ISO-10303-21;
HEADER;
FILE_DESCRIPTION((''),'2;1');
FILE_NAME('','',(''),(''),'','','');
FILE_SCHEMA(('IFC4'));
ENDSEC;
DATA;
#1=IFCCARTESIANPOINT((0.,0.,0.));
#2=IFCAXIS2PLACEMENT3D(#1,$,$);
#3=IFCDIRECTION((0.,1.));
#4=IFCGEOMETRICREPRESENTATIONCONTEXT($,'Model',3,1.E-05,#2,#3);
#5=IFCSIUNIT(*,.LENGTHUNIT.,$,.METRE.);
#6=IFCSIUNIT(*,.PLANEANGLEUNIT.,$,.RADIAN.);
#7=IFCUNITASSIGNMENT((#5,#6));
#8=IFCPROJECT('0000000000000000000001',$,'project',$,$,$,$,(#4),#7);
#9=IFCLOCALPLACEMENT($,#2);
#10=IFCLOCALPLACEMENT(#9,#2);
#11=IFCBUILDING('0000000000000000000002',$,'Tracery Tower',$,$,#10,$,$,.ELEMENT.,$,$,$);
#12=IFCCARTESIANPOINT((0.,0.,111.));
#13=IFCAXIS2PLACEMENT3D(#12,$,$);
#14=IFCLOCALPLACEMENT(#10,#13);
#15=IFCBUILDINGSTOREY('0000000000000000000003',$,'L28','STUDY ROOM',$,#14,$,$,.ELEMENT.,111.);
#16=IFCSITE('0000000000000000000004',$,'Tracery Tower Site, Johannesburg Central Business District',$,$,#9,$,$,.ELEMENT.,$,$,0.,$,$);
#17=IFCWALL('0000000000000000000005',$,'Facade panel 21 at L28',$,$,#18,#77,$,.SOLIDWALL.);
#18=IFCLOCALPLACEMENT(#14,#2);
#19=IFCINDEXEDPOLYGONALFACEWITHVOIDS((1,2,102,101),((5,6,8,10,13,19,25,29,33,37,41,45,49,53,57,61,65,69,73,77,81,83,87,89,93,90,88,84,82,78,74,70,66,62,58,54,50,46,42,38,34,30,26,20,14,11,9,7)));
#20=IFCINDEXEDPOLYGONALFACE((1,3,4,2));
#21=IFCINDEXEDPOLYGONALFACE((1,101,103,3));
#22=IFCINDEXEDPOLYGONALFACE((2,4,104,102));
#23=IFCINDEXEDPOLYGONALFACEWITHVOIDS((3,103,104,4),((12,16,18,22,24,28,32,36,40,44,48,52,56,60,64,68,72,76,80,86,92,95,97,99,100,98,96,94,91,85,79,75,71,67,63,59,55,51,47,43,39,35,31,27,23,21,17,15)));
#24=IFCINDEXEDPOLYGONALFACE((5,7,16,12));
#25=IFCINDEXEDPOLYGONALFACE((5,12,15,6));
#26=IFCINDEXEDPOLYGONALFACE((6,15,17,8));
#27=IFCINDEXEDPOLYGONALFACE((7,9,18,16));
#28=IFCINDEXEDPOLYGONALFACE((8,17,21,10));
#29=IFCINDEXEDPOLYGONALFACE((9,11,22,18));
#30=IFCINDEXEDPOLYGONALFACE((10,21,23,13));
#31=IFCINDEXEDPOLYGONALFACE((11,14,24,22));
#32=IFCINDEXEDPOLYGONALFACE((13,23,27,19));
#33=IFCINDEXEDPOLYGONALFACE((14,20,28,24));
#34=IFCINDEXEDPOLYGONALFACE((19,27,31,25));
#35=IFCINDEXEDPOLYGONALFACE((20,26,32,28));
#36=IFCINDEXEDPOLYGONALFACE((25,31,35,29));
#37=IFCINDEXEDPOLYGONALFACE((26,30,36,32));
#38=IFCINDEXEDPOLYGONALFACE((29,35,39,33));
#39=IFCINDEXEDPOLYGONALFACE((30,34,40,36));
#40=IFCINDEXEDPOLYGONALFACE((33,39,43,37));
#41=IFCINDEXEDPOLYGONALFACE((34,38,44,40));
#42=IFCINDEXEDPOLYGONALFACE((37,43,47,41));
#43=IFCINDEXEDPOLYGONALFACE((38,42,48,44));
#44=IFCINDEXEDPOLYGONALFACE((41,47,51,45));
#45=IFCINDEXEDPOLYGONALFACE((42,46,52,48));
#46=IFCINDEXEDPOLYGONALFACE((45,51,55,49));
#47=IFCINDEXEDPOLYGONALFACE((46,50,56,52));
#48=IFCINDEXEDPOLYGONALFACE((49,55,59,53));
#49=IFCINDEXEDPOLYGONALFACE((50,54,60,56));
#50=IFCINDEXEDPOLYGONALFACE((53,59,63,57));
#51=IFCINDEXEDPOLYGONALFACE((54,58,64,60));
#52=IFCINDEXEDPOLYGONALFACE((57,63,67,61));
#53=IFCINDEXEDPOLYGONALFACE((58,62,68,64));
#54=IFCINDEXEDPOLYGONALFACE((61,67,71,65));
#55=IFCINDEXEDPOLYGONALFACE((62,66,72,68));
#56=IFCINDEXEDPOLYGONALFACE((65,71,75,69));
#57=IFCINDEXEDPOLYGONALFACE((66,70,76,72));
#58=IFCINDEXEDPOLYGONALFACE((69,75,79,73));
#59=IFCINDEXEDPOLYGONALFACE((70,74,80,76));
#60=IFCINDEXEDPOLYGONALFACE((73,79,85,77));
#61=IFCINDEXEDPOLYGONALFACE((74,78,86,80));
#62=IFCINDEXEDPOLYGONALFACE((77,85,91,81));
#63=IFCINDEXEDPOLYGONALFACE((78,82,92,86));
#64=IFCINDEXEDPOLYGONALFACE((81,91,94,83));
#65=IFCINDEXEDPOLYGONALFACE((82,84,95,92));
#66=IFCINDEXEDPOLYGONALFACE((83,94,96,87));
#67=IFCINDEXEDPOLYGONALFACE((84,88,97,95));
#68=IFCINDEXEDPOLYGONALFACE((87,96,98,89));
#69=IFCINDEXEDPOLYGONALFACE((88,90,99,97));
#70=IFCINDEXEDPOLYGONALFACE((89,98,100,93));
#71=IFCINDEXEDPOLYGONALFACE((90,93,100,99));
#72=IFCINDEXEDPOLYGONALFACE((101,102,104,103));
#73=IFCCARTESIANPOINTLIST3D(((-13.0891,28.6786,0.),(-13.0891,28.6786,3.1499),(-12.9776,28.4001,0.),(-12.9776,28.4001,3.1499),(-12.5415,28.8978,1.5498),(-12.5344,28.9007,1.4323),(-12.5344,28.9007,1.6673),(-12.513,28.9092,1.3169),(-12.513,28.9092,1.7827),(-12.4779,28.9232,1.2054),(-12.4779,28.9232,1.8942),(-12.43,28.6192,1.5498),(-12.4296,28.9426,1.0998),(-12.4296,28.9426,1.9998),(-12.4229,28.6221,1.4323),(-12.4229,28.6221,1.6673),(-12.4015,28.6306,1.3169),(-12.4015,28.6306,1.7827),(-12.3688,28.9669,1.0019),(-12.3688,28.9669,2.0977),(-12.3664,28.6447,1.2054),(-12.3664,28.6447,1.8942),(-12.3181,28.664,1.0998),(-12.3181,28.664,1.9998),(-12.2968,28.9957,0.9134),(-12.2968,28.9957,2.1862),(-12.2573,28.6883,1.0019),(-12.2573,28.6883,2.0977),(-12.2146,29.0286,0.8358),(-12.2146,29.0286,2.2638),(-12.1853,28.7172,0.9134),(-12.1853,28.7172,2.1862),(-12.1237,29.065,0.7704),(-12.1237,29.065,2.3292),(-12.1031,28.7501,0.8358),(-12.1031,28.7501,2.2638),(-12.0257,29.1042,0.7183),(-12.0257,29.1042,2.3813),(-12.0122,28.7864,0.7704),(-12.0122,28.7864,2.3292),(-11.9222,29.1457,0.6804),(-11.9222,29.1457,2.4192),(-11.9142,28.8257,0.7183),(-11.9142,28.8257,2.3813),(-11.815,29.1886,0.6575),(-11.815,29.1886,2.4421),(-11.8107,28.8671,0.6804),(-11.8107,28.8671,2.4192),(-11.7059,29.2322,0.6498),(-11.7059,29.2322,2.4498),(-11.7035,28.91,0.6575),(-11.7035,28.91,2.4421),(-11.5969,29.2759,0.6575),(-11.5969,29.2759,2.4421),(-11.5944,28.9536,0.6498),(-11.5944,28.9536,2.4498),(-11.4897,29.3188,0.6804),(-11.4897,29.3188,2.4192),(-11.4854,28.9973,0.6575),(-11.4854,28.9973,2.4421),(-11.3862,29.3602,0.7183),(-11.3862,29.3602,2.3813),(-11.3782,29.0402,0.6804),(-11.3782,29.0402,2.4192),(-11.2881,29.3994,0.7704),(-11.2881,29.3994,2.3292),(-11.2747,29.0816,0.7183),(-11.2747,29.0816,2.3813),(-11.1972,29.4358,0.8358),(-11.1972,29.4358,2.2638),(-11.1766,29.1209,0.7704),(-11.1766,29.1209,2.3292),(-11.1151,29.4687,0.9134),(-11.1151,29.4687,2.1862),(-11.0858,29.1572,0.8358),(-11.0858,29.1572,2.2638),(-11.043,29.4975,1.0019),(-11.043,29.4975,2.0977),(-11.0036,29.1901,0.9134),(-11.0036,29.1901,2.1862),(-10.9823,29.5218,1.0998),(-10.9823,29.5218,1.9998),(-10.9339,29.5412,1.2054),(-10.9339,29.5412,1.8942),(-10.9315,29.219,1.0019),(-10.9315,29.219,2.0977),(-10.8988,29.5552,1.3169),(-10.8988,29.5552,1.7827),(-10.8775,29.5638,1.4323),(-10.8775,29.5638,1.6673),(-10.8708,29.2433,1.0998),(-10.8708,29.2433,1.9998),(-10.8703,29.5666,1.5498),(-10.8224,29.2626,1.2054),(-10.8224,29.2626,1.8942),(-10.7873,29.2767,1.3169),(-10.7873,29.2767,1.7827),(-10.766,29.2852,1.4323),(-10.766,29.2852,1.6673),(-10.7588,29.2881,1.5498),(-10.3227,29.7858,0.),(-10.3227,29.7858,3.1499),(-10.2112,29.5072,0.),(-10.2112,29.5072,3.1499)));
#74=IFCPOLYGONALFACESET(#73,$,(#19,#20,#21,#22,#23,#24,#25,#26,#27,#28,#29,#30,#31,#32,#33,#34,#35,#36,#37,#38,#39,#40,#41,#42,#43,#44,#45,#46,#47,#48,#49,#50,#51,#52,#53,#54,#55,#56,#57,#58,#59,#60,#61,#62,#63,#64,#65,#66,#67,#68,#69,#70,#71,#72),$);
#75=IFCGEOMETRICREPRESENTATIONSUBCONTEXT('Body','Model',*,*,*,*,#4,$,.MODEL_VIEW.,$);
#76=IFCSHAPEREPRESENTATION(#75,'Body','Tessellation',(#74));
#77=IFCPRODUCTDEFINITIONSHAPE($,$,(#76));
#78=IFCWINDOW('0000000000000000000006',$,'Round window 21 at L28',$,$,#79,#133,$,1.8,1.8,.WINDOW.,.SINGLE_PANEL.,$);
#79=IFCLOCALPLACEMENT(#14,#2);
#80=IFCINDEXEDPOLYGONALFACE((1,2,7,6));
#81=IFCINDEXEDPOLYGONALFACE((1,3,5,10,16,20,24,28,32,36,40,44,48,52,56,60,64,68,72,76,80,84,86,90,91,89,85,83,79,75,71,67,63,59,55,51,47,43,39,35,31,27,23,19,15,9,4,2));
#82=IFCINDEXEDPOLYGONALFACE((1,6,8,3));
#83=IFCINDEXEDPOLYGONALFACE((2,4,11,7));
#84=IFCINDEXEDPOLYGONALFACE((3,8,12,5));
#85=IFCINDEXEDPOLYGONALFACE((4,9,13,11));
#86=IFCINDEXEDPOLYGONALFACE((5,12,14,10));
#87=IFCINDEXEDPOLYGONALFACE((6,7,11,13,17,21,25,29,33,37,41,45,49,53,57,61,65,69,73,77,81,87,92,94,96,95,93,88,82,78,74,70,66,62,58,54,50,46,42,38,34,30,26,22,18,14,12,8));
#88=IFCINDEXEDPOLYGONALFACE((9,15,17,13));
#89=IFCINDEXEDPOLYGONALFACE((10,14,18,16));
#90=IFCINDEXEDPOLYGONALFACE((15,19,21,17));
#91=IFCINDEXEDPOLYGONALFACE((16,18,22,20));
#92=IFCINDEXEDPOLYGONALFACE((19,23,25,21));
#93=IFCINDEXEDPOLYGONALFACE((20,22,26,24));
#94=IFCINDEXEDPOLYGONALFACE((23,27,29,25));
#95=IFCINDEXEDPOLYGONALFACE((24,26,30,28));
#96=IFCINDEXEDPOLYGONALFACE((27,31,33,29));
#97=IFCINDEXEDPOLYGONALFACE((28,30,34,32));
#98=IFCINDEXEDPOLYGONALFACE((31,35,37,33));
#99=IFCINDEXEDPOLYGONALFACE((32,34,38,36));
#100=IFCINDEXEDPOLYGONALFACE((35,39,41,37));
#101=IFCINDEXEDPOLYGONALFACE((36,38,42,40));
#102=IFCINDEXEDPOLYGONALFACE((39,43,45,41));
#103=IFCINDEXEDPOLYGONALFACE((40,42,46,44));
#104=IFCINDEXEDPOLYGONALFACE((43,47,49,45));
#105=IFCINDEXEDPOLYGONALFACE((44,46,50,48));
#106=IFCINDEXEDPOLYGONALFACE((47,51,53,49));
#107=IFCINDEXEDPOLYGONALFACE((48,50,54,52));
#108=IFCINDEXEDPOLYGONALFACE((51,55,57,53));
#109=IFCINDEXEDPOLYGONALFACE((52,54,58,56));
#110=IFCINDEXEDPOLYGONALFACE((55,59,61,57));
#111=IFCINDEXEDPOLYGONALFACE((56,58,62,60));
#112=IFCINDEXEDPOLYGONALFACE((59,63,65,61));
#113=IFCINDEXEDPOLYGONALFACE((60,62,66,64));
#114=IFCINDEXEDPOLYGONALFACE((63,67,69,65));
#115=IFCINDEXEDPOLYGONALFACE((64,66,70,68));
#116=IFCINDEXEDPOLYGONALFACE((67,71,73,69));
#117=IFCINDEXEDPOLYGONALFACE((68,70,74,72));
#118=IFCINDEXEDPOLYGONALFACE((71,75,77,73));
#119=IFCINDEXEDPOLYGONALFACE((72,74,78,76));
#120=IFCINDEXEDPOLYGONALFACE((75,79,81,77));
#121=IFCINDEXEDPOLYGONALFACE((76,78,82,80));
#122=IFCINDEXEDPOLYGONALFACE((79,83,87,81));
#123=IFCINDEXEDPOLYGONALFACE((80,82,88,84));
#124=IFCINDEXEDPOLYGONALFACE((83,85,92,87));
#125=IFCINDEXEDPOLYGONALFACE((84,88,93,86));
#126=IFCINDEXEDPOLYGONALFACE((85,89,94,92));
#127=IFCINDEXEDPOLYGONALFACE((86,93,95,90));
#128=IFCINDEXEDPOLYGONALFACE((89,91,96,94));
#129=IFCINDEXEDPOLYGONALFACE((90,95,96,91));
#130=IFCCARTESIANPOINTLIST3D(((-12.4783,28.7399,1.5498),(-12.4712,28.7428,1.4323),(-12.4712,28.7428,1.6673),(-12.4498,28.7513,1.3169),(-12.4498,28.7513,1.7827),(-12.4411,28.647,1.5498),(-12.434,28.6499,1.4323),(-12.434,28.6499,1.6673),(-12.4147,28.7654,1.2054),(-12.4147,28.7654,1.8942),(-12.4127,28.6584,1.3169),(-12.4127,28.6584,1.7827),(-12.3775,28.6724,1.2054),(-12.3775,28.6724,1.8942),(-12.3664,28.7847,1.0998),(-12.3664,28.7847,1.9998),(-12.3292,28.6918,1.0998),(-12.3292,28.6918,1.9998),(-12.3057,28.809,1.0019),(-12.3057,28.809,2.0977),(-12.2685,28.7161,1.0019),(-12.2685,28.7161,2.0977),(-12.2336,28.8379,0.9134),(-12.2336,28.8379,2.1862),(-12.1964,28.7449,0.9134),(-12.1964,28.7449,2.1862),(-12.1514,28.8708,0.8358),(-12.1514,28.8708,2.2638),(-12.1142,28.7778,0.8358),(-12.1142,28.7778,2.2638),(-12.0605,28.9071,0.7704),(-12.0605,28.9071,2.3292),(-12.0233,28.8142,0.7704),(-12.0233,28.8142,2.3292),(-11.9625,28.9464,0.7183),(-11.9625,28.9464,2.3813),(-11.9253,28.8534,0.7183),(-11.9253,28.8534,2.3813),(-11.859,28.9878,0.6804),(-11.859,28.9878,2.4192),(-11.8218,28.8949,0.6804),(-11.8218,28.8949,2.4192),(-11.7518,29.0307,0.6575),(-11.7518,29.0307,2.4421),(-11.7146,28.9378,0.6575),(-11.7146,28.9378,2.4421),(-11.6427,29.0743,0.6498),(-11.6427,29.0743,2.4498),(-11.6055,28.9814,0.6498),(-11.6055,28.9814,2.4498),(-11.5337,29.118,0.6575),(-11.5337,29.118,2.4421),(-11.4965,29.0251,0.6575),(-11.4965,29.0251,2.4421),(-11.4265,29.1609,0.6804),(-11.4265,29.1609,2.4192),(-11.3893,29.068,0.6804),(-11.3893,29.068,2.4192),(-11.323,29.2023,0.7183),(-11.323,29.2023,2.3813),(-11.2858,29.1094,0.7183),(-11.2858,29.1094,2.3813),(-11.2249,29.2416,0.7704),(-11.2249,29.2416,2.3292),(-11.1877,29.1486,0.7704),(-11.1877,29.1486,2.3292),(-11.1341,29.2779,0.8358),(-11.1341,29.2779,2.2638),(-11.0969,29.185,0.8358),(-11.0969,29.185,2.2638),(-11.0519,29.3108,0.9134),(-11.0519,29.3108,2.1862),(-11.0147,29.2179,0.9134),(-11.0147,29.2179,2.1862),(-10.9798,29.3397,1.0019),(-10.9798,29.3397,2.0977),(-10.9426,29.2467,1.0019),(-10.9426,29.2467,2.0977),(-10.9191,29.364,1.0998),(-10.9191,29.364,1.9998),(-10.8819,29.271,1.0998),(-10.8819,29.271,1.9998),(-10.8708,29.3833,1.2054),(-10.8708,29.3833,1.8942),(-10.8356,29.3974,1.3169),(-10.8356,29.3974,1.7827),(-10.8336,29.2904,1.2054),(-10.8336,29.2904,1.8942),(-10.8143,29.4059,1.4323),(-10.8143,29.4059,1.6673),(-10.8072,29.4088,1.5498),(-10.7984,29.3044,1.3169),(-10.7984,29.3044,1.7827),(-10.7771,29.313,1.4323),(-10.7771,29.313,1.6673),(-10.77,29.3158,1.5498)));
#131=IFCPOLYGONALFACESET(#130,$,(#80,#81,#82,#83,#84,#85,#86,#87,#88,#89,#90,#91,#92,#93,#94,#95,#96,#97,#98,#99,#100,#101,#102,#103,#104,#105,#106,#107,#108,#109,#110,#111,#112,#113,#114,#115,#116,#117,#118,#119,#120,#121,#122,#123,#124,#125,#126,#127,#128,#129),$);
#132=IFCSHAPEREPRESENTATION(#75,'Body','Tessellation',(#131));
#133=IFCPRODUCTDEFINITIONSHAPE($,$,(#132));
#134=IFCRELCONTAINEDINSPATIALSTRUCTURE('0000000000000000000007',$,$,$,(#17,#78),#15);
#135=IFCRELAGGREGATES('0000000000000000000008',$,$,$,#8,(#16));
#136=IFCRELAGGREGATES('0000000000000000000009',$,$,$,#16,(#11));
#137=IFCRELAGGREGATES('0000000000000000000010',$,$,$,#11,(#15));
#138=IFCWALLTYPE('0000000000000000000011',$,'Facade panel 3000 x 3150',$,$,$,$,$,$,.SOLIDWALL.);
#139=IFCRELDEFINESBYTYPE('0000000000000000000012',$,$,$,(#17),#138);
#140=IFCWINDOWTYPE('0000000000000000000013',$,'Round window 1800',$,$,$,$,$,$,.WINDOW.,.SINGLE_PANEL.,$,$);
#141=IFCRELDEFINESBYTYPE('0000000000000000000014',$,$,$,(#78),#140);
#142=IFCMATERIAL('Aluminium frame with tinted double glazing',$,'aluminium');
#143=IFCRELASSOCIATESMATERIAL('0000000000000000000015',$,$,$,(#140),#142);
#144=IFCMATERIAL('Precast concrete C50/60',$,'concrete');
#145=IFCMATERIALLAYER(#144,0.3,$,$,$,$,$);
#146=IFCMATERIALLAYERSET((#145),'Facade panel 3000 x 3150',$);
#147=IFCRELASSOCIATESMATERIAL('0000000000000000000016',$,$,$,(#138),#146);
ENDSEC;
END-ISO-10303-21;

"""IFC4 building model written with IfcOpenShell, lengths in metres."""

from ifc_helpers import new_model, si_unit, direction, frame, frame_2d, origin, origin_2d, place, context, subcontext, project, spatial, rectangle, circle, extrude, material, layer, layer_set, type_object, element, fill, save


model = new_model("IFC4")

# Units and contexts
model_context = context("Model", 3, precision=1e-05, world=origin(), true_north=direction((0.0, 1.0)))
body_context = subcontext(model_context, "Body", "Model", "MODEL_VIEW")
ifc_project = project(units=[si_unit("LENGTHUNIT", "METRE"), si_unit("PLANEANGLEUNIT", "RADIAN")], contexts=[model_context])

# Site, building, storey
site_placement = place(None, origin())
site = spatial("IfcSite", under=ifc_project, at=site_placement, Name="Tracery Tower Site, Johannesburg Central Business District", CompositionType="ELEMENT", RefElevation=0.0)
building_placement = place(site_placement, origin())
building = spatial("IfcBuilding", under=site, at=building_placement, Name="Tracery Tower", CompositionType="ELEMENT")
storey_placement = place(building_placement, frame((0.0, 0.0, 111.0)))
storey = spatial("IfcBuildingStorey", under=building, at=storey_placement, Name="L28", Description="STUDY ROOM", CompositionType="ELEMENT", Elevation=111.0)

# Wall, opening, window
ifc_material_1 = material(Name="Aluminium frame with tinted double glazing", Category="aluminium")
window_type = type_object("IfcWindowType", Name="Round window 1800", PartitioningType="SINGLE_PANEL", PredefinedType="WINDOW", material=ifc_material_1)
ifc_material_2 = material(Name="Precast concrete C50/60", Category="concrete")
ifc_layer_1 = layer(ifc_material_2, 0.3)
ifc_layer_set_1 = layer_set([ifc_layer_1], Name="Facade panel 3000 x 3150")
wall_type_1 = type_object("IfcWallType", Name="Facade panel 3000 x 3150", PredefinedType="SOLIDWALL", material=ifc_layer_set_1)
wall_1_placement = place(storey_placement, frame((-10.2671, 29.6465, 0.0), z_axis=(0.0, 0.0, 1.0), x_axis=(-0.928403, -0.371574, 0.0)))
wall_1 = element("IfcWall", 1, at=wall_1_placement, inside=storey, type_object=wall_type_1, Name="Facade panel 21 at L28", PredefinedType="SOLIDWALL", context=body_context, shape_type="SweptSolid", body=[
    extrude(rectangle(XDim=2.9797, YDim=0.3, at=frame_2d((1.4897, 0.0))), origin(), (0.0, 0.0, 1.0), 3.1499),
])
opening_1_placement = place(wall_1_placement, frame((1.4897, 0.0, 1.5498)))
opening_1 = element("IfcOpeningElement", 2, at=opening_1_placement, cuts=wall_1, PredefinedType="OPENING", context=body_context, shape_type="SweptSolid", body=[
    extrude(circle(Radius=0.9, at=origin_2d()), frame((0.0, 0.1599, 0.0), z_axis=(0.0, -1.0, 0.0), x_axis=(1.0, 0.0, 0.0)), (0.0, 0.0, 1.0), 0.3201),
])
window_1_placement = place(opening_1_placement, origin())
window_1 = element("IfcWindow", 3, at=window_1_placement, inside=storey, type_object=window_type, Name="Round window 21 at L28", OverallHeight=1.8, OverallWidth=1.8, PartitioningType="SINGLE_PANEL", PredefinedType="WINDOW", context=body_context, shape_type="SweptSolid", body=[
    extrude(circle(Radius=0.9, at=origin_2d()), frame((0.0, 0.1201, 0.0), z_axis=(0.0, -1.0, 0.0), x_axis=(1.0, 0.0, 0.0)), (0.0, 0.0, 1.0), 0.1001),
])
fill(opening_1, window_1)

save(model, "model.ifc")
